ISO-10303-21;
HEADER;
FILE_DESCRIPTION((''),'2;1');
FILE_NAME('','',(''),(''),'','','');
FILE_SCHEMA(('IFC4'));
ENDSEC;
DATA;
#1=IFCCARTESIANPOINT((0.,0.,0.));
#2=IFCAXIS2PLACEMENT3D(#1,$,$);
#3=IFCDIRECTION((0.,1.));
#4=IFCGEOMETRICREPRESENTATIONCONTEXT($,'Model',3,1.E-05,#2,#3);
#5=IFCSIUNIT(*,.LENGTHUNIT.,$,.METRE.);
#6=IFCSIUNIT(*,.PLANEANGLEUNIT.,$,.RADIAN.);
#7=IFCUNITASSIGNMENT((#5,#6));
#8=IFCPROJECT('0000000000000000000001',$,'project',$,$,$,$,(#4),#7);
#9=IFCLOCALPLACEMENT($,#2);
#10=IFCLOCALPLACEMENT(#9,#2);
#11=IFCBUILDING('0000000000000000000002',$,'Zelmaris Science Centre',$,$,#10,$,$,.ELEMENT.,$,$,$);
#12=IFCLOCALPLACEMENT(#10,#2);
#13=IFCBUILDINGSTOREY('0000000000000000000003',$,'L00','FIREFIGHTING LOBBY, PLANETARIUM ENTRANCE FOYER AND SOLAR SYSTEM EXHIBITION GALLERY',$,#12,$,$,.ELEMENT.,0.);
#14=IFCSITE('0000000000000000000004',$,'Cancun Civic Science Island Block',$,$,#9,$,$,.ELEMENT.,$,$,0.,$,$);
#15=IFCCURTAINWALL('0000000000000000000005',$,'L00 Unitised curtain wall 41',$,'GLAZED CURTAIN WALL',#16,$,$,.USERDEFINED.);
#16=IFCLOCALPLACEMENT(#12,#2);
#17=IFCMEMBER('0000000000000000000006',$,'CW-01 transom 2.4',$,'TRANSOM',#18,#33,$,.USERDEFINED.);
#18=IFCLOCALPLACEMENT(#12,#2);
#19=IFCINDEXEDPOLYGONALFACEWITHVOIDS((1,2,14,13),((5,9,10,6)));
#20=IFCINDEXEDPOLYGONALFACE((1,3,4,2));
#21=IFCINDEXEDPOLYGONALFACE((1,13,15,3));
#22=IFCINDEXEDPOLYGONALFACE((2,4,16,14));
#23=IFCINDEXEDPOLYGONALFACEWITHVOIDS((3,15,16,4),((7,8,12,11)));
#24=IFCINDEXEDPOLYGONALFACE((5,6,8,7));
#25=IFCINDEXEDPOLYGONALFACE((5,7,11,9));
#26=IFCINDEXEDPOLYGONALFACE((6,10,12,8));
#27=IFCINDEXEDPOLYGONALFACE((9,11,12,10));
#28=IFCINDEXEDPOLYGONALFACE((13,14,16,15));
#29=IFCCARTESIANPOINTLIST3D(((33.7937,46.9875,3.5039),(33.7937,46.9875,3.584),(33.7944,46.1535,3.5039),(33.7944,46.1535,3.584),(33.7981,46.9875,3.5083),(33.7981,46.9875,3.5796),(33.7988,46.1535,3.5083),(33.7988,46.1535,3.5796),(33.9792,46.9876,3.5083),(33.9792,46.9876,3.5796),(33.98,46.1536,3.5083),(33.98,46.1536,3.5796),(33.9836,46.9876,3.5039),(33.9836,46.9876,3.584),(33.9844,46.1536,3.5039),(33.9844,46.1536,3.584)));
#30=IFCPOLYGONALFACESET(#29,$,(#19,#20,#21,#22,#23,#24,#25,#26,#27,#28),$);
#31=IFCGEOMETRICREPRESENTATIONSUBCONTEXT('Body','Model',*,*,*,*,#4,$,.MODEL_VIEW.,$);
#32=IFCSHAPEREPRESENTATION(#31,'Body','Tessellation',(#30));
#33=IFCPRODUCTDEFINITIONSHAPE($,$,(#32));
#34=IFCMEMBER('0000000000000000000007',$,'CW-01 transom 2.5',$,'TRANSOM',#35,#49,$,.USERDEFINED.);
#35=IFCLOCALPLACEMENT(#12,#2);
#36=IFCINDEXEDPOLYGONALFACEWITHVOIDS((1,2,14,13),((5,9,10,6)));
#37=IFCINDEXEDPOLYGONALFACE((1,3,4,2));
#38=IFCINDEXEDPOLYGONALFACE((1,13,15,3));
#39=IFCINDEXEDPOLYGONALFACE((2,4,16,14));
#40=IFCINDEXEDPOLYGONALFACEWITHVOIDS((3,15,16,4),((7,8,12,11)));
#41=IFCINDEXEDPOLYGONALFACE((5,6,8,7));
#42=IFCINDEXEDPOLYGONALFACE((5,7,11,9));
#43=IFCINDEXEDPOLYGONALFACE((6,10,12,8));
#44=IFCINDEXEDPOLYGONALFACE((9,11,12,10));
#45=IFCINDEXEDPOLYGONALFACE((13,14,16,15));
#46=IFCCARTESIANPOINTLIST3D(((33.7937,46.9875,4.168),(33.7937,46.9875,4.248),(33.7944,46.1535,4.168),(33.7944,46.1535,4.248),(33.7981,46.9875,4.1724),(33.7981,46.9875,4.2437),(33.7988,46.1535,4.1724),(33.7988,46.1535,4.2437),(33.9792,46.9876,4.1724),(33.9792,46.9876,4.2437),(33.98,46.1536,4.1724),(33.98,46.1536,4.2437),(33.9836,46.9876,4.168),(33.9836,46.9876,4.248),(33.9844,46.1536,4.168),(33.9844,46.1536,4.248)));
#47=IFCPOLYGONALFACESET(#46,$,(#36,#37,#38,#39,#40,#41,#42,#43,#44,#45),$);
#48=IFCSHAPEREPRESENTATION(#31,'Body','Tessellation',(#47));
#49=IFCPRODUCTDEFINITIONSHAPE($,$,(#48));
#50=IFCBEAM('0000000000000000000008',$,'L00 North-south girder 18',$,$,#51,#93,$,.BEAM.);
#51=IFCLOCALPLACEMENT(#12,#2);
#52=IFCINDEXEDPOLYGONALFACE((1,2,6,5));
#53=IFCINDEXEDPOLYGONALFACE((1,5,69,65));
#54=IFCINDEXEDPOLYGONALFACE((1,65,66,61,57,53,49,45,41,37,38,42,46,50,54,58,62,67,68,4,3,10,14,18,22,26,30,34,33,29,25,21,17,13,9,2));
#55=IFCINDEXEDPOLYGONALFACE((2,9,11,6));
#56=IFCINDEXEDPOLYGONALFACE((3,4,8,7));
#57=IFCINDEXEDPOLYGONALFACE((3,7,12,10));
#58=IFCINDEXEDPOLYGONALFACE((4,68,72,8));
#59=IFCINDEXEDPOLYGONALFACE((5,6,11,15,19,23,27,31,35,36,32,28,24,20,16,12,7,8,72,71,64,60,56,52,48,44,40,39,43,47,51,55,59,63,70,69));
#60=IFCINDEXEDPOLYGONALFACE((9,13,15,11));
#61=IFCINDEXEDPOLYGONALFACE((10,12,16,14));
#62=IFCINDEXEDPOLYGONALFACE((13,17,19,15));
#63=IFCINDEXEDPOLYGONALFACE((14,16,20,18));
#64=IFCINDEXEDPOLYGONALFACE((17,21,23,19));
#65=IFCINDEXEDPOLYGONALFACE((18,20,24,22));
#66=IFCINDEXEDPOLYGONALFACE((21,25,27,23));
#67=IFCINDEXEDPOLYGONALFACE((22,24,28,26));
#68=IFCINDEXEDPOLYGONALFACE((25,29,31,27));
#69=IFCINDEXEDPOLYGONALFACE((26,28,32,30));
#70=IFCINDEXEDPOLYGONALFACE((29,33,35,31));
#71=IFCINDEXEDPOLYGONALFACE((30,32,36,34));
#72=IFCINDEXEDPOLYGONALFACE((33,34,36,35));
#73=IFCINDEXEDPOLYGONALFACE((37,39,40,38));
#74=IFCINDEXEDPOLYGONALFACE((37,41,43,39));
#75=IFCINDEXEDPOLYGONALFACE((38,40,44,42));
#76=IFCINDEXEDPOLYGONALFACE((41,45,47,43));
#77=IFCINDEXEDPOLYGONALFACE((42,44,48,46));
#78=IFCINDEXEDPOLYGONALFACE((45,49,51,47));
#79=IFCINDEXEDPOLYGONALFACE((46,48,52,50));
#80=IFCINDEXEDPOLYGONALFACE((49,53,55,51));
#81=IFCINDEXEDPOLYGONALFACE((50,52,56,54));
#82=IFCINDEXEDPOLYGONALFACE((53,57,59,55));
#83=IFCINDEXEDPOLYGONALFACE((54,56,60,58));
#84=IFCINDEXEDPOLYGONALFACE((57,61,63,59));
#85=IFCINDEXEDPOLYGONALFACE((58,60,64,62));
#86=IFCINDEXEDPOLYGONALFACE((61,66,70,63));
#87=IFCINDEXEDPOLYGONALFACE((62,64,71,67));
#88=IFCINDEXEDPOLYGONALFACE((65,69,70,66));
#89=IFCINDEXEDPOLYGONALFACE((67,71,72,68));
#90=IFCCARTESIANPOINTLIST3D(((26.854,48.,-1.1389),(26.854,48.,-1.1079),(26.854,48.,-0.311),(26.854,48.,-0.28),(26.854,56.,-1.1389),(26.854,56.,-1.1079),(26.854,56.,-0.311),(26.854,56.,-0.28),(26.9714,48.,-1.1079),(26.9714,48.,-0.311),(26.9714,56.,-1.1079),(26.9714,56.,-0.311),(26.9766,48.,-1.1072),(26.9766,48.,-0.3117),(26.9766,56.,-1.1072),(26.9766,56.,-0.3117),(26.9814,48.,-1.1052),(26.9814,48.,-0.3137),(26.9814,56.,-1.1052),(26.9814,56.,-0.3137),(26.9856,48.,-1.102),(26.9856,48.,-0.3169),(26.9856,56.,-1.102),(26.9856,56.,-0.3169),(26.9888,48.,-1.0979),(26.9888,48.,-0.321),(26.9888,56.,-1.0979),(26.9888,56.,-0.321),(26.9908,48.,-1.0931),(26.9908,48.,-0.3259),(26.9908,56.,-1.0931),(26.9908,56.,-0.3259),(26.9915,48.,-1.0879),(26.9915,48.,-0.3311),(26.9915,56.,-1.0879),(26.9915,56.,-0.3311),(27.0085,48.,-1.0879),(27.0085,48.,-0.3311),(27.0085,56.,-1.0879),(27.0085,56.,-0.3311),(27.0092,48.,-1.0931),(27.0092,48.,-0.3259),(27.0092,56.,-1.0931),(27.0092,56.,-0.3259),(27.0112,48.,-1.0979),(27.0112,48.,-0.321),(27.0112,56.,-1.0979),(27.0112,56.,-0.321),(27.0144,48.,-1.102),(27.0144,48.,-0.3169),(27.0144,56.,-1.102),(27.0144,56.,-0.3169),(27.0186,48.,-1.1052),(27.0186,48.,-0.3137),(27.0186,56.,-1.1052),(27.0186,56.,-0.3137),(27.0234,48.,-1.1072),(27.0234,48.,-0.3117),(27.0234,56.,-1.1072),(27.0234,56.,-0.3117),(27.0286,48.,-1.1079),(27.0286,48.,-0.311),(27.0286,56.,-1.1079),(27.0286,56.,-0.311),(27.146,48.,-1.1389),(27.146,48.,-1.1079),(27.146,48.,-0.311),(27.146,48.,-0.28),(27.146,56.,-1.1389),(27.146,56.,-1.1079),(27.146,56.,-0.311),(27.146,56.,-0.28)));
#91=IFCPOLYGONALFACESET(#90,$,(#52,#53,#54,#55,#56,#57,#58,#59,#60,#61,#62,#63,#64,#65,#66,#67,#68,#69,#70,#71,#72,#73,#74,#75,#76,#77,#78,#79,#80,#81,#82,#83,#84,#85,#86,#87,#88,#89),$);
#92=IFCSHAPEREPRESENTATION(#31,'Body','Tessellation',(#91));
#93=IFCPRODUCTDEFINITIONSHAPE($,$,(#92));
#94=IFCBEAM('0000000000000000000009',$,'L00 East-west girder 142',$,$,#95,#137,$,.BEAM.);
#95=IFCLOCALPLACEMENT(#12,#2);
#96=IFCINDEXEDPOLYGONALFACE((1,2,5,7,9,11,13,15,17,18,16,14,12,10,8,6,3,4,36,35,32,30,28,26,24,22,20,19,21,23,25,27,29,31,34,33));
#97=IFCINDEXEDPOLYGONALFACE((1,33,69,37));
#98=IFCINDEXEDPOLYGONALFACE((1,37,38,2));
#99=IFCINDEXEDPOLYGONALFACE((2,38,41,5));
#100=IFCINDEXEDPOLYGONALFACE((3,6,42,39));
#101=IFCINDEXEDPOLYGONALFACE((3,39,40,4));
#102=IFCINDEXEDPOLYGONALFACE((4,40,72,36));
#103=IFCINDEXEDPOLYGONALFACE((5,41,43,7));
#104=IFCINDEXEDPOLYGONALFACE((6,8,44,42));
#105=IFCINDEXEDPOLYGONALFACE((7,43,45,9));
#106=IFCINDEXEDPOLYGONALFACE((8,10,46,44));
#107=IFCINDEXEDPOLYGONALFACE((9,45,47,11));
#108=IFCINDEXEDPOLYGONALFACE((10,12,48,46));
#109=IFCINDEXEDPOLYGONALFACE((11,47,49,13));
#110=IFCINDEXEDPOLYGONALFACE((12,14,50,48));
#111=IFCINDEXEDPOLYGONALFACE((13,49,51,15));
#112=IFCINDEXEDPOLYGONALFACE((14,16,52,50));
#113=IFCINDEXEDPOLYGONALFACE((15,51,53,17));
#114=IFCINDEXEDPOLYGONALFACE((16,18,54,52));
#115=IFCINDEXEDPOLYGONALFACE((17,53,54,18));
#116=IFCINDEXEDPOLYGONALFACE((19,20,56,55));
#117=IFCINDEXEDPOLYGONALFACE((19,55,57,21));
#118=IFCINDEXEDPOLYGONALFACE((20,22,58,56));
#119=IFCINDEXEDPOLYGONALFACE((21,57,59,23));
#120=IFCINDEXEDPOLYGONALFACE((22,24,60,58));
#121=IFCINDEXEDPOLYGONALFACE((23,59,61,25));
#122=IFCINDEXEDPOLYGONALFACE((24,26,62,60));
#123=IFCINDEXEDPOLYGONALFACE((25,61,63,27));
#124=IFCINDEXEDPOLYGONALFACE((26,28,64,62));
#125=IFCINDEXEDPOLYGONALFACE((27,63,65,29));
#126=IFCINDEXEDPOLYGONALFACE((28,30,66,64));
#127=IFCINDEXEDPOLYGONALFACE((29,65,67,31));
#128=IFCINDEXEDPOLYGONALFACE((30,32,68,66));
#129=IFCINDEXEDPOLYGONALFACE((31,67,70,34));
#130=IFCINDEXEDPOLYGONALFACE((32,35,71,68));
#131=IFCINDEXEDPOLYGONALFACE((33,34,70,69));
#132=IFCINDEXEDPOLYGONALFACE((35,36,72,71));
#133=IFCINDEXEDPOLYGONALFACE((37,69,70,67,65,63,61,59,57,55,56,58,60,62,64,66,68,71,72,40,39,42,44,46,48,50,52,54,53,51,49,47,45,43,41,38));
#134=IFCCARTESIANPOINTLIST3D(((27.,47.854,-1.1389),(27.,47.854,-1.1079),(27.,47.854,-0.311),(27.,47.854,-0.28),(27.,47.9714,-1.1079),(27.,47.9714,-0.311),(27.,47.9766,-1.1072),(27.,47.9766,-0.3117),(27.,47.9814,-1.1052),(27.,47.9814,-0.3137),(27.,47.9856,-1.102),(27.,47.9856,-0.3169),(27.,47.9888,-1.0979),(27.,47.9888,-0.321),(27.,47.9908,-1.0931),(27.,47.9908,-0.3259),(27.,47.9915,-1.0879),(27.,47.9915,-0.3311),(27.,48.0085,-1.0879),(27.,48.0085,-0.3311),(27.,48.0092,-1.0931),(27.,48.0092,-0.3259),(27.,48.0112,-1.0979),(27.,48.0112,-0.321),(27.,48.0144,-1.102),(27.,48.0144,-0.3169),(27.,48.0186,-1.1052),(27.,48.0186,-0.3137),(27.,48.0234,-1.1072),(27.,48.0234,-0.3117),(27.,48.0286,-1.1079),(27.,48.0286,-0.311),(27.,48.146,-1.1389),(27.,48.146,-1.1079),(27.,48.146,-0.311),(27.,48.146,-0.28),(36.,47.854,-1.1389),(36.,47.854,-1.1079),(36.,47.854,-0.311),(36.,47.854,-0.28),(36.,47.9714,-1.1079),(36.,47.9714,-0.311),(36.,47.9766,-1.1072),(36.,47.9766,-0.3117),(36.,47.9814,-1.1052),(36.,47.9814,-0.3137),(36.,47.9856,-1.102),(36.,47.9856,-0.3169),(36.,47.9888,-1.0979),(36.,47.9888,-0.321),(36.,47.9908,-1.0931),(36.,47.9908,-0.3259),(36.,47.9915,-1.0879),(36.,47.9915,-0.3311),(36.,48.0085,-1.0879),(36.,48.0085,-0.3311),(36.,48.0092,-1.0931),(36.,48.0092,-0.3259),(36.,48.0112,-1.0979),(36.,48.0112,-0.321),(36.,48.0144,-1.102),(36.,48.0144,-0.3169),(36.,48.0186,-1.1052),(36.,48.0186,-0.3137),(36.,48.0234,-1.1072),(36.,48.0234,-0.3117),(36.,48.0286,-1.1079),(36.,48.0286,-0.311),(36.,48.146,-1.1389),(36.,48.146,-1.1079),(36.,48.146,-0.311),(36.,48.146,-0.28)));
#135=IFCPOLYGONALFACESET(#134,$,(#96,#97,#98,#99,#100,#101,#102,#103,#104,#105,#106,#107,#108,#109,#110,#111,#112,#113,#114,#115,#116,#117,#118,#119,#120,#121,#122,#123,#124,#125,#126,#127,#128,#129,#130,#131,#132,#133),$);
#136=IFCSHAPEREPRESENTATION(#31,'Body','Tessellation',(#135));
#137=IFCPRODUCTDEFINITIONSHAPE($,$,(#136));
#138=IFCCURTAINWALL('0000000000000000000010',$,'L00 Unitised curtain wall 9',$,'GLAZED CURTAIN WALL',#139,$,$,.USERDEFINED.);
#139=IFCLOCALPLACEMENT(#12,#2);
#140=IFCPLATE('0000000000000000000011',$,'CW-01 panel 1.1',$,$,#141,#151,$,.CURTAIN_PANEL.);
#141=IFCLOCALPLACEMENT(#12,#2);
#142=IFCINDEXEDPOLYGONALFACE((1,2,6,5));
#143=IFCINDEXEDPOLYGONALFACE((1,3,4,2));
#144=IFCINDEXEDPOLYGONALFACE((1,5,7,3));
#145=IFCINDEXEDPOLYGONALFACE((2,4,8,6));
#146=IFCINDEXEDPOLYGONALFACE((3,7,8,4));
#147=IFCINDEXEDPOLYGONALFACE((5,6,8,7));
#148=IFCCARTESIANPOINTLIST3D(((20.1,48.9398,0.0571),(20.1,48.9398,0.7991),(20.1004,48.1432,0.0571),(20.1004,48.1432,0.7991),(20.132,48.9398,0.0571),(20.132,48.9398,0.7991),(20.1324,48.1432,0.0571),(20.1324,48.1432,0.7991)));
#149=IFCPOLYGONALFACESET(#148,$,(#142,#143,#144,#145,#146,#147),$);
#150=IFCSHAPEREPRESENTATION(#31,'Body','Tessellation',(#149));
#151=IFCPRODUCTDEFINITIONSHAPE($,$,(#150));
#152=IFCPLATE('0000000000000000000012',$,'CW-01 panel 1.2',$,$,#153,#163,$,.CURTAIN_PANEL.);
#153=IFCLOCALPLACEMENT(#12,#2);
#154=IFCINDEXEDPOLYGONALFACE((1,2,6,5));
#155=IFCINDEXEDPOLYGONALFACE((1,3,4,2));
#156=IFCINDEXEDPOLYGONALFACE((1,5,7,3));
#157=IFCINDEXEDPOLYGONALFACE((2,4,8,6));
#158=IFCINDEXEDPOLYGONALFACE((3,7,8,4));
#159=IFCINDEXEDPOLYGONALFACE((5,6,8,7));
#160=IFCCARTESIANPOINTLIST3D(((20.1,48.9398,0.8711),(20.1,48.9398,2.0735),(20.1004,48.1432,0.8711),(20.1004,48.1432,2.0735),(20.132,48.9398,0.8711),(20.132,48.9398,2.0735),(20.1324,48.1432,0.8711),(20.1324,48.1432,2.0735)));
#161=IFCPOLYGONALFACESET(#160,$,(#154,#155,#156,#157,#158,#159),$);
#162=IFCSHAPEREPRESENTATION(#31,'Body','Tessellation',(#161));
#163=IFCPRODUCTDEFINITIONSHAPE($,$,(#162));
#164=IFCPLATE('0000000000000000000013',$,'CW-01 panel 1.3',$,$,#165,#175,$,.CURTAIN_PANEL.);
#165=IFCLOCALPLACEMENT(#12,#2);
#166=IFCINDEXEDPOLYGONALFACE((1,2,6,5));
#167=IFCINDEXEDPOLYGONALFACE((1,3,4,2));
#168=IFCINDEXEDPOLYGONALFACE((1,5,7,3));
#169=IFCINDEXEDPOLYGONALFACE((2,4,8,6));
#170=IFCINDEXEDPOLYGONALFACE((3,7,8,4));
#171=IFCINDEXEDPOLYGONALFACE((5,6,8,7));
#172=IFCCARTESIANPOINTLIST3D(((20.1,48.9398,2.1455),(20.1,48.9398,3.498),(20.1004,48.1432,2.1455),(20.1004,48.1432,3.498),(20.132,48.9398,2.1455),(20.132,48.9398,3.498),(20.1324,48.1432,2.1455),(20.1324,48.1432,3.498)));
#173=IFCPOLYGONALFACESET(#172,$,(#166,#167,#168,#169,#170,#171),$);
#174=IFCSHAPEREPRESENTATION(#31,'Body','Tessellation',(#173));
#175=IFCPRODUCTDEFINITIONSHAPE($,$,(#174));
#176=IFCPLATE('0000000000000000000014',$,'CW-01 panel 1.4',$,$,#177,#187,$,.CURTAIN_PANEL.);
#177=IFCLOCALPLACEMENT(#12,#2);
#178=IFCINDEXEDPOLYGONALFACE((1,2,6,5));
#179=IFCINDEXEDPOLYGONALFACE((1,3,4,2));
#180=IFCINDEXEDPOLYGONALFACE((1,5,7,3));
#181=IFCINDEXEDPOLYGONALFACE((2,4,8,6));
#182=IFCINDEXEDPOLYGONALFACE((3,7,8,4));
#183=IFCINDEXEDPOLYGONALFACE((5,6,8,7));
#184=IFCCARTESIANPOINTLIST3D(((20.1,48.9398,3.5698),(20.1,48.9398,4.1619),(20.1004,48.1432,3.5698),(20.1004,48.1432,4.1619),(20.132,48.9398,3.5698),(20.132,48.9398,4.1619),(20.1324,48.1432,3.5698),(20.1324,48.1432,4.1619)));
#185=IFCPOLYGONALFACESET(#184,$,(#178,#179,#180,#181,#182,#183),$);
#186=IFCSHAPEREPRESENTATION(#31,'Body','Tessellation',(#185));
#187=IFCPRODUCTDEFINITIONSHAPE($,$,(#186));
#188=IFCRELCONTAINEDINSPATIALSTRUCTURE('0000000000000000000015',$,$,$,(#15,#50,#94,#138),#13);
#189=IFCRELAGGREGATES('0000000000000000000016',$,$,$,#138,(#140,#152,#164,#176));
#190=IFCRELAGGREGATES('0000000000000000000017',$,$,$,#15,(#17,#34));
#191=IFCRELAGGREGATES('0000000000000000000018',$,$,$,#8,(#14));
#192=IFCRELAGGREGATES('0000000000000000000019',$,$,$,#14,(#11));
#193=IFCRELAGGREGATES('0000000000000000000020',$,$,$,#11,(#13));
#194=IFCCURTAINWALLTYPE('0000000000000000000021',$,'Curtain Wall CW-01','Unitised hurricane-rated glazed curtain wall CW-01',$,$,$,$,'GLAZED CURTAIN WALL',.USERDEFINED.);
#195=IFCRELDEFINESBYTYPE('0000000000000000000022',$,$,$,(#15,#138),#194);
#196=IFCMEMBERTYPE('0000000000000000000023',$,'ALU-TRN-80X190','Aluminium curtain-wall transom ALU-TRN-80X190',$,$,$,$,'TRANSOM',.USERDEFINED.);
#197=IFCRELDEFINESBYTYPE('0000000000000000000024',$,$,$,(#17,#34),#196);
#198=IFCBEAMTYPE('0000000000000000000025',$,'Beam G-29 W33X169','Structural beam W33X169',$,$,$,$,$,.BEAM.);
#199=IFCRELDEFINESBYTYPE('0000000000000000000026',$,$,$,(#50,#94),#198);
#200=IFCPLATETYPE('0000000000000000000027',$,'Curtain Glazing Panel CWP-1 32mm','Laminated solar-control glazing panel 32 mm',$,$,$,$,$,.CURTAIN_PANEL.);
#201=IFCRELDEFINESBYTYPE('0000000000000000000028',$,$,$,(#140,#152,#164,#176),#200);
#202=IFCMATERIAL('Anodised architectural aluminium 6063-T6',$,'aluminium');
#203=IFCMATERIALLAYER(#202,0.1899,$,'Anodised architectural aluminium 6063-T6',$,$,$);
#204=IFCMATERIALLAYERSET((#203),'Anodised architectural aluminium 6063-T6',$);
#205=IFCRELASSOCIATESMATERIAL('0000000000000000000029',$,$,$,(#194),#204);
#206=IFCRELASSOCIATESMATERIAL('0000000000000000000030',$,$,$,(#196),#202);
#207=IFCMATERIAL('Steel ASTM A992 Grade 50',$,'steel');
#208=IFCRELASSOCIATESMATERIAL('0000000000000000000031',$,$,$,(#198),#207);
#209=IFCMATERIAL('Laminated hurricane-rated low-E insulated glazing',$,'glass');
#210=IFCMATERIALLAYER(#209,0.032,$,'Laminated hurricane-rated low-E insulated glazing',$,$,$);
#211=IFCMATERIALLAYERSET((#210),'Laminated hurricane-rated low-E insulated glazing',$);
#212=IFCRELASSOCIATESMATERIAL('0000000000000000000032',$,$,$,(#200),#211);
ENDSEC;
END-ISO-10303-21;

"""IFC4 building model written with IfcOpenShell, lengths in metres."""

from ifc_helpers import new_model, si_unit, direction, frame, origin, origin_2d, place, context, subcontext, project, spatial, rectangle, hollow_rectangle, i_section, extrude, material, layer, layer_set, material_profile, profile_set, type_object, element, aggregate, save


model = new_model("IFC4")

# Units and contexts
model_context = context("Model", 3, precision=1e-05, world=origin(), true_north=direction((0.0, 1.0)))
body_context = subcontext(model_context, "Body", "Model", "MODEL_VIEW")
ifc_project = project(units=[si_unit("LENGTHUNIT", "METRE"), si_unit("PLANEANGLEUNIT", "RADIAN")], contexts=[model_context])

# Site, building, storey
site_placement = place(None, origin())
site = spatial("IfcSite", under=ifc_project, at=site_placement, Name="Cancun Civic Science Island Block", CompositionType="ELEMENT", RefElevation=0.0)
building_placement = place(site_placement, origin())
building = spatial("IfcBuilding", under=site, at=building_placement, Name="Zelmaris Science Centre", CompositionType="ELEMENT")
storey_placement = place(building_placement, origin())
storey = spatial("IfcBuildingStorey", under=building, at=storey_placement, Name="L00", Description="FIREFIGHTING LOBBY, PLANETARIUM ENTRANCE FOYER AND SOLAR SYSTEM EXHIBITION GALLERY", CompositionType="ELEMENT", Elevation=0.0)

# Shared definitions
ifc_material_1 = material(Name="Steel ASTM A992 Grade 50", Category="steel")

# Shared definitions
ifc_material_2 = material(Name="Anodised architectural aluminium 6063-T6", Category="aluminium")

# Curtain wall
ifc_layer_1 = layer(ifc_material_2, 0.1899, Name="Anodised architectural aluminium 6063-T6")
ifc_layer_set_1 = layer_set([ifc_layer_1], Name="Anodised architectural aluminium 6063-T6")
curtain_wall_type_1 = type_object("IfcCurtainWallType", Name="Curtain Wall CW-01", Description="Unitised hurricane-rated glazed curtain wall CW-01", ElementType="GLAZED CURTAIN WALL", PredefinedType="USERDEFINED", material=ifc_layer_set_1)
curtain_wall_1_placement = place(storey_placement, origin())
curtain_wall_1 = element("IfcCurtainWall", 1, at=curtain_wall_1_placement, inside=storey, type_object=curtain_wall_type_1, Name="L00 Unitised curtain wall 41", ObjectType="GLAZED CURTAIN WALL", PredefinedType="USERDEFINED")

# Members
ifc_material_profile_1 = material_profile(ifc_material_2, hollow_rectangle(XDim=0.0801, YDim=0.1899, WallThickness=0.0044, at=origin_2d()), Name="ALU-TRN-80X190")
ifc_profile_set_1 = profile_set([ifc_material_profile_1], Name="Anodised architectural aluminium 6063-T6")
member_type_1 = type_object("IfcMemberType", Name="ALU-TRN-80X190", Description="Aluminium curtain-wall transom ALU-TRN-80X190", ElementType="TRANSOM", PredefinedType="USERDEFINED", material=ifc_profile_set_1)
member_1_placement = place(storey_placement, frame((33.8887, 46.9875, 3.5439), z_axis=(0.000878, -1.0, 0.0), x_axis=(0.0, 0.0, 1.0)))
member_1 = element("IfcMember", 2, at=member_1_placement, type_object=member_type_1, Name="CW-01 transom 2.4", ObjectType="TRANSOM", PredefinedType="USERDEFINED", context=body_context, shape_type="SweptSolid", body=[
    extrude(hollow_rectangle(XDim=0.0801, YDim=0.1899, WallThickness=0.0044, at=origin_2d()), origin(), (0.0, 0.0, 1.0), 0.834),
])
member_2_placement = place(storey_placement, frame((33.8887, 46.9875, 4.208), z_axis=(0.000878, -1.0, 0.0), x_axis=(0.0, 0.0, 1.0)))
member_2 = element("IfcMember", 3, at=member_2_placement, type_object=member_type_1, Name="CW-01 transom 2.5", ObjectType="TRANSOM", PredefinedType="USERDEFINED", context=body_context, shape_type="SweptSolid", body=[
    extrude(hollow_rectangle(XDim=0.0801, YDim=0.1899, WallThickness=0.0044, at=origin_2d()), origin(), (0.0, 0.0, 1.0), 0.834),
])

# Beams
ifc_material_profile_2 = material_profile(ifc_material_1, i_section(OverallWidth=0.292, OverallDepth=0.8589, WebThickness=0.0171, FlangeThickness=0.031, FilletRadius=0.02, at=origin_2d()), Name="W33X169")
ifc_profile_set_2 = profile_set([ifc_material_profile_2], Name="Steel ASTM A992 Grade 50")
beam_type = type_object("IfcBeamType", Name="Beam G-29 W33X169", Description="Structural beam W33X169", PredefinedType="BEAM", material=ifc_profile_set_2)
beam_1_placement = place(storey_placement, frame((27.0, 48.0, -0.7095), z_axis=(0.0, 1.0, 0.0), x_axis=(-1.0, 0.0, 0.0)))
element("IfcBeam", 4, at=beam_1_placement, inside=storey, type_object=beam_type, Name="L00 North-south girder 18", PredefinedType="BEAM", context=body_context, shape_type="SweptSolid", body=[
    extrude(i_section(OverallWidth=0.292, OverallDepth=0.8589, WebThickness=0.0171, FlangeThickness=0.031, FilletRadius=0.02, at=origin_2d()), origin(), (0.0, 0.0, 1.0), 8.0),
])
beam_2_placement = place(storey_placement, frame((27.0, 48.0, -0.7095), z_axis=(1.0, 0.0, 0.0), x_axis=(0.0, 1.0, 0.0)))
element("IfcBeam", 5, at=beam_2_placement, inside=storey, type_object=beam_type, Name="L00 East-west girder 142", PredefinedType="BEAM", context=body_context, shape_type="SweptSolid", body=[
    extrude(i_section(OverallWidth=0.292, OverallDepth=0.8589, WebThickness=0.0171, FlangeThickness=0.031, FilletRadius=0.02, at=origin_2d()), origin(), (0.0, 0.0, 1.0), 9.0),
])

# Curtain wall, plates
curtain_wall_2_placement = place(storey_placement, origin())
curtain_wall_2 = element("IfcCurtainWall", 6, at=curtain_wall_2_placement, inside=storey, type_object=curtain_wall_type_1, Name="L00 Unitised curtain wall 9", ObjectType="GLAZED CURTAIN WALL", PredefinedType="USERDEFINED")
ifc_material_3 = material(Name="Laminated hurricane-rated low-E insulated glazing", Category="glass")
ifc_layer_2 = layer(ifc_material_3, 0.032, Name="Laminated hurricane-rated low-E insulated glazing")
ifc_layer_set_2 = layer_set([ifc_layer_2], Name="Laminated hurricane-rated low-E insulated glazing")
plate_type_1 = type_object("IfcPlateType", Name="Curtain Glazing Panel CWP-1 32mm", Description="Laminated solar-control glazing panel 32 mm", PredefinedType="CURTAIN_PANEL", material=ifc_layer_set_2)
plate_1_placement = place(storey_placement, frame((20.1162, 48.5415, 0.0571), z_axis=(0.0, 0.0, 1.0), x_axis=(-0.000442, 1.0, 0.0)))
plate_1 = element("IfcPlate", 7, at=plate_1_placement, type_object=plate_type_1, Name="CW-01 panel 1.1", PredefinedType="CURTAIN_PANEL", context=body_context, shape_type="SweptSolid", body=[
    extrude(rectangle(XDim=0.7966, YDim=0.032, at=origin_2d()), origin(), (0.0, 0.0, 1.0), 0.7419),
])
plate_2_placement = place(storey_placement, frame((20.1162, 48.5415, 0.8711), z_axis=(0.0, 0.0, 1.0), x_axis=(-0.000442, 1.0, 0.0)))
plate_2 = element("IfcPlate", 8, at=plate_2_placement, type_object=plate_type_1, Name="CW-01 panel 1.2", PredefinedType="CURTAIN_PANEL", context=body_context, shape_type="SweptSolid", body=[
    extrude(rectangle(XDim=0.7966, YDim=0.032, at=origin_2d()), origin(), (0.0, 0.0, 1.0), 1.2024),
])
plate_3_placement = place(storey_placement, frame((20.1162, 48.5415, 2.1455), z_axis=(0.0, 0.0, 1.0), x_axis=(-0.000442, 1.0, 0.0)))
plate_3 = element("IfcPlate", 9, at=plate_3_placement, type_object=plate_type_1, Name="CW-01 panel 1.3", PredefinedType="CURTAIN_PANEL", context=body_context, shape_type="SweptSolid", body=[
    extrude(rectangle(XDim=0.7966, YDim=0.032, at=origin_2d()), origin(), (0.0, 0.0, 1.0), 1.3525),
])
plate_4_placement = place(storey_placement, frame((20.1162, 48.5415, 3.5698), z_axis=(0.0, 0.0, 1.0), x_axis=(-0.000442, 1.0, 0.0)))
plate_4 = element("IfcPlate", 10, at=plate_4_placement, type_object=plate_type_1, Name="CW-01 panel 1.4", PredefinedType="CURTAIN_PANEL", context=body_context, shape_type="SweptSolid", body=[
    extrude(rectangle(XDim=0.7966, YDim=0.032, at=origin_2d()), origin(), (0.0, 0.0, 1.0), 0.592),
])
aggregate(curtain_wall_2, [plate_1, plate_2, plate_3, plate_4])

aggregate(curtain_wall_1, [member_1, member_2])

save(model, "model.ifc")
